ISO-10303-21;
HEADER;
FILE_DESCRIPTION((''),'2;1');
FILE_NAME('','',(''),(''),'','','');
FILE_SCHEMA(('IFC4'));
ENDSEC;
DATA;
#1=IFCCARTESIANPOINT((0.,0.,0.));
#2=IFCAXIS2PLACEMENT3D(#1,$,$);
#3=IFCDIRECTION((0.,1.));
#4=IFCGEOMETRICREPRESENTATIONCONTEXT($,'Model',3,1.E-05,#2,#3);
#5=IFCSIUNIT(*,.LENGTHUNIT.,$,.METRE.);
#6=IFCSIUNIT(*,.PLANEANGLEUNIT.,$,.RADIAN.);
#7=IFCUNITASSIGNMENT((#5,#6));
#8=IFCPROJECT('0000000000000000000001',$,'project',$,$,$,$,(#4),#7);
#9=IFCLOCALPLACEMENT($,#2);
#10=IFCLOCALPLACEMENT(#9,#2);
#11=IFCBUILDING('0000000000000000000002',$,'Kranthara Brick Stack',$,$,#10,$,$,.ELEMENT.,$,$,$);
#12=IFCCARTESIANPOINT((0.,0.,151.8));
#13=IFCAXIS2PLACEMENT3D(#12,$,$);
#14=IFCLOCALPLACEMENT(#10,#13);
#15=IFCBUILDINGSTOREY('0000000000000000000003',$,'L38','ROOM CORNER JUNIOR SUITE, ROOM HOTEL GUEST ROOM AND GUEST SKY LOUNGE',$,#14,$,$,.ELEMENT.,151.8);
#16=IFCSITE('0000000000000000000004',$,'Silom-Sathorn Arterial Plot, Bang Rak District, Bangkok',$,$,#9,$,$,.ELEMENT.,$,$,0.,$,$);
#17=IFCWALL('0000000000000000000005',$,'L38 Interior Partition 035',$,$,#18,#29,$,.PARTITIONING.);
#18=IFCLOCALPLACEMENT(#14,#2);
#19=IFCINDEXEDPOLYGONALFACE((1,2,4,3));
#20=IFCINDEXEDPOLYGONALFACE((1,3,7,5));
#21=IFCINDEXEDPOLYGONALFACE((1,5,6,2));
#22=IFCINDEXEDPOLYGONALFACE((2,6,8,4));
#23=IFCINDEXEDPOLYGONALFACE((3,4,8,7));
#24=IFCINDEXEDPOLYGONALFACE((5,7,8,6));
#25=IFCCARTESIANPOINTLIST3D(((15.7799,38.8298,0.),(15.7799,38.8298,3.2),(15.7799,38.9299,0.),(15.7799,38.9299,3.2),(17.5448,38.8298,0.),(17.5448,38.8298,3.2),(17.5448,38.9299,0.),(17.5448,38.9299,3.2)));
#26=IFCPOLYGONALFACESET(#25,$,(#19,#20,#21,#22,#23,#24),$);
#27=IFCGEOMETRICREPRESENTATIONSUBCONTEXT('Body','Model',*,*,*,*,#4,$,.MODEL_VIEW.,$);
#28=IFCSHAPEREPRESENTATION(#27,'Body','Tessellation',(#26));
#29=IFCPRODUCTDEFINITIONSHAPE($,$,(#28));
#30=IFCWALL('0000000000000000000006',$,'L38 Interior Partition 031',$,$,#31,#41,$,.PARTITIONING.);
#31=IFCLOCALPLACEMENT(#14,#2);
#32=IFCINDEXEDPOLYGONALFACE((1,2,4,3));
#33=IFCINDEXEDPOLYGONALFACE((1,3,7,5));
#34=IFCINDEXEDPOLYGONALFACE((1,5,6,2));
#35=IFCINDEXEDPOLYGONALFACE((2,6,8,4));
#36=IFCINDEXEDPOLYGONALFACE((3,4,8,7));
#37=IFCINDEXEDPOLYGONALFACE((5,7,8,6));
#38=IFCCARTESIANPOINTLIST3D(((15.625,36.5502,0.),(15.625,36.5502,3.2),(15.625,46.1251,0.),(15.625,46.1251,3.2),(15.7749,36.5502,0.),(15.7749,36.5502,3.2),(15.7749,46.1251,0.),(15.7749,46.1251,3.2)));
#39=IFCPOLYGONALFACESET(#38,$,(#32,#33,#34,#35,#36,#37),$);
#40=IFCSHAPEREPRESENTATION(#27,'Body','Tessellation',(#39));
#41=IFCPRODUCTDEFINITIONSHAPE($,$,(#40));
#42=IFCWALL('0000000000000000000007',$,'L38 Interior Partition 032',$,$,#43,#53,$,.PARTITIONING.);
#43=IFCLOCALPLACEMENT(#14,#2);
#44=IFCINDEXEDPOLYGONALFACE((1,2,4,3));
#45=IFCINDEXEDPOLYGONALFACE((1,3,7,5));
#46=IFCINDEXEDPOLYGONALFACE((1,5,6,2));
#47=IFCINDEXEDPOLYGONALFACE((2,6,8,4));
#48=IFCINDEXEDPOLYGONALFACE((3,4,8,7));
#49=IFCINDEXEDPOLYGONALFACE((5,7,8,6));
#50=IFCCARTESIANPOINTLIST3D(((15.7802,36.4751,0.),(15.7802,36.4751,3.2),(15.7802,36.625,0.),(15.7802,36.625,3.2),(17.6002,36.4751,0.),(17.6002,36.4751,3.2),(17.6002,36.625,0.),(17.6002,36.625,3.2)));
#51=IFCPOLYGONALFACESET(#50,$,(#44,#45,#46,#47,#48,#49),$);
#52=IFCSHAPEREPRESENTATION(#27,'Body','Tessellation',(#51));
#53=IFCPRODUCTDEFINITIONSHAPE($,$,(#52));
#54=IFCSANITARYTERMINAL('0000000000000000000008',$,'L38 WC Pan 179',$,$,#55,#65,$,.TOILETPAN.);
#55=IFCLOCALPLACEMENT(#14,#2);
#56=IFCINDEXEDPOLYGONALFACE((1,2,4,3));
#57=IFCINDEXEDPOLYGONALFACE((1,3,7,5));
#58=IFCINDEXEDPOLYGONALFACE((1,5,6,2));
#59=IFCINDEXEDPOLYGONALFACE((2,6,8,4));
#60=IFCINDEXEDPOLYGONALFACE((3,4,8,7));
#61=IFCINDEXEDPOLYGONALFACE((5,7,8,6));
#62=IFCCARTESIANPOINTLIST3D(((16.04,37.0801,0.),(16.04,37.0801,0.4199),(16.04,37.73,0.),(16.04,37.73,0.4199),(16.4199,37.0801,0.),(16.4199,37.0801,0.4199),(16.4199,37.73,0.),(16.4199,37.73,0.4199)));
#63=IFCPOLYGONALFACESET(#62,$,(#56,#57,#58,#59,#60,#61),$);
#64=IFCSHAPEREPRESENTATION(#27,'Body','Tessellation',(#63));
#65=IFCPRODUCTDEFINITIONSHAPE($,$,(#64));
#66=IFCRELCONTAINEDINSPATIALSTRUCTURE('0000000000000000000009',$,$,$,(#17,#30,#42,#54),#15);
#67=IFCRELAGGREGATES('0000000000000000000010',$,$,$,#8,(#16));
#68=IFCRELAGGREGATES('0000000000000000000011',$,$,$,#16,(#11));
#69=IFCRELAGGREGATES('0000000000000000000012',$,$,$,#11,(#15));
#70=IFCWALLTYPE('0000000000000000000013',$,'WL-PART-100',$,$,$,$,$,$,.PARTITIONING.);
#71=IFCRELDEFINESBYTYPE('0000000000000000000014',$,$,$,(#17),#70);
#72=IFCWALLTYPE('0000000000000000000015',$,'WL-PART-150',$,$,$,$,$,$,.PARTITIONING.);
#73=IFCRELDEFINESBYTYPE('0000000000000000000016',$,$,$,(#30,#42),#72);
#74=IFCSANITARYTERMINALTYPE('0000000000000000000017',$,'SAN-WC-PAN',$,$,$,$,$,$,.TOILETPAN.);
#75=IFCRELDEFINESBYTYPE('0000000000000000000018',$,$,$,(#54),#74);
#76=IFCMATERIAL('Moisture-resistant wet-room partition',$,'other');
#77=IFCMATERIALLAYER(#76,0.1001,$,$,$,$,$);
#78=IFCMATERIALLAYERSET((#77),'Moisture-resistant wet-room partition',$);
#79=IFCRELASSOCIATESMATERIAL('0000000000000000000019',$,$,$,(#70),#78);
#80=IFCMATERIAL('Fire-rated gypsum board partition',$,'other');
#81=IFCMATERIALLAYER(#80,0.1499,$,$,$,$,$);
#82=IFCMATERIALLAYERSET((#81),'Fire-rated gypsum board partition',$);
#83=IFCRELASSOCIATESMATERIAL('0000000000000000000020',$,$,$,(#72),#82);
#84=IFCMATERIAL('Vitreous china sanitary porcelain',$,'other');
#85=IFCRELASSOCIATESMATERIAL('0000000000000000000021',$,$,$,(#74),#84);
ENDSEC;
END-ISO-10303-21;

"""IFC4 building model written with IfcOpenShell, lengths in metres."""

from ifc_helpers import new_model, si_unit, direction, frame, frame_2d, origin, origin_2d, place, context, subcontext, project, spatial, rectangle, extrude, material, layer, layer_set, type_object, element, save


model = new_model("IFC4")

# Units and contexts
model_context = context("Model", 3, precision=1e-05, world=origin(), true_north=direction((0.0, 1.0)))
body_context = subcontext(model_context, "Body", "Model", "MODEL_VIEW")
ifc_project = project(units=[si_unit("LENGTHUNIT", "METRE"), si_unit("PLANEANGLEUNIT", "RADIAN")], contexts=[model_context])

# Site, building, storey
site_placement = place(None, origin())
site = spatial("IfcSite", under=ifc_project, at=site_placement, Name="Silom-Sathorn Arterial Plot, Bang Rak District, Bangkok", CompositionType="ELEMENT", RefElevation=0.0)
building_placement = place(site_placement, origin())
building = spatial("IfcBuilding", under=site, at=building_placement, Name="Kranthara Brick Stack", CompositionType="ELEMENT")
storey_placement = place(building_placement, frame((0.0, 0.0, 151.8)))
storey = spatial("IfcBuildingStorey", under=building, at=storey_placement, Name="L38", Description="ROOM CORNER JUNIOR SUITE, ROOM HOTEL GUEST ROOM AND GUEST SKY LOUNGE", CompositionType="ELEMENT", Elevation=151.8)

# Walls
ifc_material_1 = material(Name="Moisture-resistant wet-room partition", Category="other")
ifc_layer_1 = layer(ifc_material_1, 0.1001)
ifc_layer_set_1 = layer_set([ifc_layer_1], Name="Moisture-resistant wet-room partition")
wall_type_1 = type_object("IfcWallType", Name="WL-PART-100", PredefinedType="PARTITIONING", material=ifc_layer_set_1)
wall_1_placement = place(storey_placement, frame((15.78, 38.8799, 0.0), z_axis=(0.0, 0.0, 1.0), x_axis=(1.0, 0.0, 0.0)))
element("IfcWall", 1, at=wall_1_placement, inside=storey, type_object=wall_type_1, Name="L38 Interior Partition 035", PredefinedType="PARTITIONING", context=body_context, shape_type="SweptSolid", body=[
    extrude(rectangle(XDim=1.7649, YDim=0.1001, at=frame_2d((0.8823, 0.0))), origin(), (0.0, 0.0, 1.0), 3.2),
])
ifc_material_2 = material(Name="Fire-rated gypsum board partition", Category="other")
ifc_layer_2 = layer(ifc_material_2, 0.1499)
ifc_layer_set_2 = layer_set([ifc_layer_2], Name="Fire-rated gypsum board partition")
wall_type_2 = type_object("IfcWallType", Name="WL-PART-150", PredefinedType="PARTITIONING", material=ifc_layer_set_2)
wall_2_placement = place(storey_placement, frame((15.7, 36.55, 0.0), z_axis=(0.0, 0.0, 1.0), x_axis=(0.0, 1.0, 0.0)))
element("IfcWall", 2, at=wall_2_placement, inside=storey, type_object=wall_type_2, Name="L38 Interior Partition 031", PredefinedType="PARTITIONING", context=body_context, shape_type="SweptSolid", body=[
    extrude(rectangle(XDim=9.575, YDim=0.1499, at=frame_2d((4.7876, 0.0))), origin(), (0.0, 0.0, 1.0), 3.2),
])
wall_3_placement = place(storey_placement, frame((15.78, 36.55, 0.0), z_axis=(0.0, 0.0, 1.0), x_axis=(1.0, 0.0, 0.0)))
element("IfcWall", 3, at=wall_3_placement, inside=storey, type_object=wall_type_2, Name="L38 Interior Partition 032", PredefinedType="PARTITIONING", context=body_context, shape_type="SweptSolid", body=[
    extrude(rectangle(XDim=1.8201, YDim=0.1499, at=frame_2d((0.9102, 0.0))), origin(), (0.0, 0.0, 1.0), 3.2),
])

# Sanitary terminal
ifc_material_3 = material(Name="Vitreous china sanitary porcelain", Category="other")
sanitary_terminal_type = type_object("IfcSanitaryTerminalType", Name="SAN-WC-PAN", PredefinedType="TOILETPAN", material=ifc_material_3)
sanitary_terminal_placement = place(storey_placement, frame((16.23, 37.405, 0.0), z_axis=(0.0, 0.0, 1.0), x_axis=(1.0, 0.0, 0.0)))
element("IfcSanitaryTerminal", 4, at=sanitary_terminal_placement, inside=storey, type_object=sanitary_terminal_type, Name="L38 WC Pan 179", PredefinedType="TOILETPAN", context=body_context, shape_type="SweptSolid", body=[
    extrude(rectangle(XDim=0.3799, YDim=0.6499, at=origin_2d()), origin(), (0.0, 0.0, 1.0), 0.4199),
])

save(model, "model.ifc")
